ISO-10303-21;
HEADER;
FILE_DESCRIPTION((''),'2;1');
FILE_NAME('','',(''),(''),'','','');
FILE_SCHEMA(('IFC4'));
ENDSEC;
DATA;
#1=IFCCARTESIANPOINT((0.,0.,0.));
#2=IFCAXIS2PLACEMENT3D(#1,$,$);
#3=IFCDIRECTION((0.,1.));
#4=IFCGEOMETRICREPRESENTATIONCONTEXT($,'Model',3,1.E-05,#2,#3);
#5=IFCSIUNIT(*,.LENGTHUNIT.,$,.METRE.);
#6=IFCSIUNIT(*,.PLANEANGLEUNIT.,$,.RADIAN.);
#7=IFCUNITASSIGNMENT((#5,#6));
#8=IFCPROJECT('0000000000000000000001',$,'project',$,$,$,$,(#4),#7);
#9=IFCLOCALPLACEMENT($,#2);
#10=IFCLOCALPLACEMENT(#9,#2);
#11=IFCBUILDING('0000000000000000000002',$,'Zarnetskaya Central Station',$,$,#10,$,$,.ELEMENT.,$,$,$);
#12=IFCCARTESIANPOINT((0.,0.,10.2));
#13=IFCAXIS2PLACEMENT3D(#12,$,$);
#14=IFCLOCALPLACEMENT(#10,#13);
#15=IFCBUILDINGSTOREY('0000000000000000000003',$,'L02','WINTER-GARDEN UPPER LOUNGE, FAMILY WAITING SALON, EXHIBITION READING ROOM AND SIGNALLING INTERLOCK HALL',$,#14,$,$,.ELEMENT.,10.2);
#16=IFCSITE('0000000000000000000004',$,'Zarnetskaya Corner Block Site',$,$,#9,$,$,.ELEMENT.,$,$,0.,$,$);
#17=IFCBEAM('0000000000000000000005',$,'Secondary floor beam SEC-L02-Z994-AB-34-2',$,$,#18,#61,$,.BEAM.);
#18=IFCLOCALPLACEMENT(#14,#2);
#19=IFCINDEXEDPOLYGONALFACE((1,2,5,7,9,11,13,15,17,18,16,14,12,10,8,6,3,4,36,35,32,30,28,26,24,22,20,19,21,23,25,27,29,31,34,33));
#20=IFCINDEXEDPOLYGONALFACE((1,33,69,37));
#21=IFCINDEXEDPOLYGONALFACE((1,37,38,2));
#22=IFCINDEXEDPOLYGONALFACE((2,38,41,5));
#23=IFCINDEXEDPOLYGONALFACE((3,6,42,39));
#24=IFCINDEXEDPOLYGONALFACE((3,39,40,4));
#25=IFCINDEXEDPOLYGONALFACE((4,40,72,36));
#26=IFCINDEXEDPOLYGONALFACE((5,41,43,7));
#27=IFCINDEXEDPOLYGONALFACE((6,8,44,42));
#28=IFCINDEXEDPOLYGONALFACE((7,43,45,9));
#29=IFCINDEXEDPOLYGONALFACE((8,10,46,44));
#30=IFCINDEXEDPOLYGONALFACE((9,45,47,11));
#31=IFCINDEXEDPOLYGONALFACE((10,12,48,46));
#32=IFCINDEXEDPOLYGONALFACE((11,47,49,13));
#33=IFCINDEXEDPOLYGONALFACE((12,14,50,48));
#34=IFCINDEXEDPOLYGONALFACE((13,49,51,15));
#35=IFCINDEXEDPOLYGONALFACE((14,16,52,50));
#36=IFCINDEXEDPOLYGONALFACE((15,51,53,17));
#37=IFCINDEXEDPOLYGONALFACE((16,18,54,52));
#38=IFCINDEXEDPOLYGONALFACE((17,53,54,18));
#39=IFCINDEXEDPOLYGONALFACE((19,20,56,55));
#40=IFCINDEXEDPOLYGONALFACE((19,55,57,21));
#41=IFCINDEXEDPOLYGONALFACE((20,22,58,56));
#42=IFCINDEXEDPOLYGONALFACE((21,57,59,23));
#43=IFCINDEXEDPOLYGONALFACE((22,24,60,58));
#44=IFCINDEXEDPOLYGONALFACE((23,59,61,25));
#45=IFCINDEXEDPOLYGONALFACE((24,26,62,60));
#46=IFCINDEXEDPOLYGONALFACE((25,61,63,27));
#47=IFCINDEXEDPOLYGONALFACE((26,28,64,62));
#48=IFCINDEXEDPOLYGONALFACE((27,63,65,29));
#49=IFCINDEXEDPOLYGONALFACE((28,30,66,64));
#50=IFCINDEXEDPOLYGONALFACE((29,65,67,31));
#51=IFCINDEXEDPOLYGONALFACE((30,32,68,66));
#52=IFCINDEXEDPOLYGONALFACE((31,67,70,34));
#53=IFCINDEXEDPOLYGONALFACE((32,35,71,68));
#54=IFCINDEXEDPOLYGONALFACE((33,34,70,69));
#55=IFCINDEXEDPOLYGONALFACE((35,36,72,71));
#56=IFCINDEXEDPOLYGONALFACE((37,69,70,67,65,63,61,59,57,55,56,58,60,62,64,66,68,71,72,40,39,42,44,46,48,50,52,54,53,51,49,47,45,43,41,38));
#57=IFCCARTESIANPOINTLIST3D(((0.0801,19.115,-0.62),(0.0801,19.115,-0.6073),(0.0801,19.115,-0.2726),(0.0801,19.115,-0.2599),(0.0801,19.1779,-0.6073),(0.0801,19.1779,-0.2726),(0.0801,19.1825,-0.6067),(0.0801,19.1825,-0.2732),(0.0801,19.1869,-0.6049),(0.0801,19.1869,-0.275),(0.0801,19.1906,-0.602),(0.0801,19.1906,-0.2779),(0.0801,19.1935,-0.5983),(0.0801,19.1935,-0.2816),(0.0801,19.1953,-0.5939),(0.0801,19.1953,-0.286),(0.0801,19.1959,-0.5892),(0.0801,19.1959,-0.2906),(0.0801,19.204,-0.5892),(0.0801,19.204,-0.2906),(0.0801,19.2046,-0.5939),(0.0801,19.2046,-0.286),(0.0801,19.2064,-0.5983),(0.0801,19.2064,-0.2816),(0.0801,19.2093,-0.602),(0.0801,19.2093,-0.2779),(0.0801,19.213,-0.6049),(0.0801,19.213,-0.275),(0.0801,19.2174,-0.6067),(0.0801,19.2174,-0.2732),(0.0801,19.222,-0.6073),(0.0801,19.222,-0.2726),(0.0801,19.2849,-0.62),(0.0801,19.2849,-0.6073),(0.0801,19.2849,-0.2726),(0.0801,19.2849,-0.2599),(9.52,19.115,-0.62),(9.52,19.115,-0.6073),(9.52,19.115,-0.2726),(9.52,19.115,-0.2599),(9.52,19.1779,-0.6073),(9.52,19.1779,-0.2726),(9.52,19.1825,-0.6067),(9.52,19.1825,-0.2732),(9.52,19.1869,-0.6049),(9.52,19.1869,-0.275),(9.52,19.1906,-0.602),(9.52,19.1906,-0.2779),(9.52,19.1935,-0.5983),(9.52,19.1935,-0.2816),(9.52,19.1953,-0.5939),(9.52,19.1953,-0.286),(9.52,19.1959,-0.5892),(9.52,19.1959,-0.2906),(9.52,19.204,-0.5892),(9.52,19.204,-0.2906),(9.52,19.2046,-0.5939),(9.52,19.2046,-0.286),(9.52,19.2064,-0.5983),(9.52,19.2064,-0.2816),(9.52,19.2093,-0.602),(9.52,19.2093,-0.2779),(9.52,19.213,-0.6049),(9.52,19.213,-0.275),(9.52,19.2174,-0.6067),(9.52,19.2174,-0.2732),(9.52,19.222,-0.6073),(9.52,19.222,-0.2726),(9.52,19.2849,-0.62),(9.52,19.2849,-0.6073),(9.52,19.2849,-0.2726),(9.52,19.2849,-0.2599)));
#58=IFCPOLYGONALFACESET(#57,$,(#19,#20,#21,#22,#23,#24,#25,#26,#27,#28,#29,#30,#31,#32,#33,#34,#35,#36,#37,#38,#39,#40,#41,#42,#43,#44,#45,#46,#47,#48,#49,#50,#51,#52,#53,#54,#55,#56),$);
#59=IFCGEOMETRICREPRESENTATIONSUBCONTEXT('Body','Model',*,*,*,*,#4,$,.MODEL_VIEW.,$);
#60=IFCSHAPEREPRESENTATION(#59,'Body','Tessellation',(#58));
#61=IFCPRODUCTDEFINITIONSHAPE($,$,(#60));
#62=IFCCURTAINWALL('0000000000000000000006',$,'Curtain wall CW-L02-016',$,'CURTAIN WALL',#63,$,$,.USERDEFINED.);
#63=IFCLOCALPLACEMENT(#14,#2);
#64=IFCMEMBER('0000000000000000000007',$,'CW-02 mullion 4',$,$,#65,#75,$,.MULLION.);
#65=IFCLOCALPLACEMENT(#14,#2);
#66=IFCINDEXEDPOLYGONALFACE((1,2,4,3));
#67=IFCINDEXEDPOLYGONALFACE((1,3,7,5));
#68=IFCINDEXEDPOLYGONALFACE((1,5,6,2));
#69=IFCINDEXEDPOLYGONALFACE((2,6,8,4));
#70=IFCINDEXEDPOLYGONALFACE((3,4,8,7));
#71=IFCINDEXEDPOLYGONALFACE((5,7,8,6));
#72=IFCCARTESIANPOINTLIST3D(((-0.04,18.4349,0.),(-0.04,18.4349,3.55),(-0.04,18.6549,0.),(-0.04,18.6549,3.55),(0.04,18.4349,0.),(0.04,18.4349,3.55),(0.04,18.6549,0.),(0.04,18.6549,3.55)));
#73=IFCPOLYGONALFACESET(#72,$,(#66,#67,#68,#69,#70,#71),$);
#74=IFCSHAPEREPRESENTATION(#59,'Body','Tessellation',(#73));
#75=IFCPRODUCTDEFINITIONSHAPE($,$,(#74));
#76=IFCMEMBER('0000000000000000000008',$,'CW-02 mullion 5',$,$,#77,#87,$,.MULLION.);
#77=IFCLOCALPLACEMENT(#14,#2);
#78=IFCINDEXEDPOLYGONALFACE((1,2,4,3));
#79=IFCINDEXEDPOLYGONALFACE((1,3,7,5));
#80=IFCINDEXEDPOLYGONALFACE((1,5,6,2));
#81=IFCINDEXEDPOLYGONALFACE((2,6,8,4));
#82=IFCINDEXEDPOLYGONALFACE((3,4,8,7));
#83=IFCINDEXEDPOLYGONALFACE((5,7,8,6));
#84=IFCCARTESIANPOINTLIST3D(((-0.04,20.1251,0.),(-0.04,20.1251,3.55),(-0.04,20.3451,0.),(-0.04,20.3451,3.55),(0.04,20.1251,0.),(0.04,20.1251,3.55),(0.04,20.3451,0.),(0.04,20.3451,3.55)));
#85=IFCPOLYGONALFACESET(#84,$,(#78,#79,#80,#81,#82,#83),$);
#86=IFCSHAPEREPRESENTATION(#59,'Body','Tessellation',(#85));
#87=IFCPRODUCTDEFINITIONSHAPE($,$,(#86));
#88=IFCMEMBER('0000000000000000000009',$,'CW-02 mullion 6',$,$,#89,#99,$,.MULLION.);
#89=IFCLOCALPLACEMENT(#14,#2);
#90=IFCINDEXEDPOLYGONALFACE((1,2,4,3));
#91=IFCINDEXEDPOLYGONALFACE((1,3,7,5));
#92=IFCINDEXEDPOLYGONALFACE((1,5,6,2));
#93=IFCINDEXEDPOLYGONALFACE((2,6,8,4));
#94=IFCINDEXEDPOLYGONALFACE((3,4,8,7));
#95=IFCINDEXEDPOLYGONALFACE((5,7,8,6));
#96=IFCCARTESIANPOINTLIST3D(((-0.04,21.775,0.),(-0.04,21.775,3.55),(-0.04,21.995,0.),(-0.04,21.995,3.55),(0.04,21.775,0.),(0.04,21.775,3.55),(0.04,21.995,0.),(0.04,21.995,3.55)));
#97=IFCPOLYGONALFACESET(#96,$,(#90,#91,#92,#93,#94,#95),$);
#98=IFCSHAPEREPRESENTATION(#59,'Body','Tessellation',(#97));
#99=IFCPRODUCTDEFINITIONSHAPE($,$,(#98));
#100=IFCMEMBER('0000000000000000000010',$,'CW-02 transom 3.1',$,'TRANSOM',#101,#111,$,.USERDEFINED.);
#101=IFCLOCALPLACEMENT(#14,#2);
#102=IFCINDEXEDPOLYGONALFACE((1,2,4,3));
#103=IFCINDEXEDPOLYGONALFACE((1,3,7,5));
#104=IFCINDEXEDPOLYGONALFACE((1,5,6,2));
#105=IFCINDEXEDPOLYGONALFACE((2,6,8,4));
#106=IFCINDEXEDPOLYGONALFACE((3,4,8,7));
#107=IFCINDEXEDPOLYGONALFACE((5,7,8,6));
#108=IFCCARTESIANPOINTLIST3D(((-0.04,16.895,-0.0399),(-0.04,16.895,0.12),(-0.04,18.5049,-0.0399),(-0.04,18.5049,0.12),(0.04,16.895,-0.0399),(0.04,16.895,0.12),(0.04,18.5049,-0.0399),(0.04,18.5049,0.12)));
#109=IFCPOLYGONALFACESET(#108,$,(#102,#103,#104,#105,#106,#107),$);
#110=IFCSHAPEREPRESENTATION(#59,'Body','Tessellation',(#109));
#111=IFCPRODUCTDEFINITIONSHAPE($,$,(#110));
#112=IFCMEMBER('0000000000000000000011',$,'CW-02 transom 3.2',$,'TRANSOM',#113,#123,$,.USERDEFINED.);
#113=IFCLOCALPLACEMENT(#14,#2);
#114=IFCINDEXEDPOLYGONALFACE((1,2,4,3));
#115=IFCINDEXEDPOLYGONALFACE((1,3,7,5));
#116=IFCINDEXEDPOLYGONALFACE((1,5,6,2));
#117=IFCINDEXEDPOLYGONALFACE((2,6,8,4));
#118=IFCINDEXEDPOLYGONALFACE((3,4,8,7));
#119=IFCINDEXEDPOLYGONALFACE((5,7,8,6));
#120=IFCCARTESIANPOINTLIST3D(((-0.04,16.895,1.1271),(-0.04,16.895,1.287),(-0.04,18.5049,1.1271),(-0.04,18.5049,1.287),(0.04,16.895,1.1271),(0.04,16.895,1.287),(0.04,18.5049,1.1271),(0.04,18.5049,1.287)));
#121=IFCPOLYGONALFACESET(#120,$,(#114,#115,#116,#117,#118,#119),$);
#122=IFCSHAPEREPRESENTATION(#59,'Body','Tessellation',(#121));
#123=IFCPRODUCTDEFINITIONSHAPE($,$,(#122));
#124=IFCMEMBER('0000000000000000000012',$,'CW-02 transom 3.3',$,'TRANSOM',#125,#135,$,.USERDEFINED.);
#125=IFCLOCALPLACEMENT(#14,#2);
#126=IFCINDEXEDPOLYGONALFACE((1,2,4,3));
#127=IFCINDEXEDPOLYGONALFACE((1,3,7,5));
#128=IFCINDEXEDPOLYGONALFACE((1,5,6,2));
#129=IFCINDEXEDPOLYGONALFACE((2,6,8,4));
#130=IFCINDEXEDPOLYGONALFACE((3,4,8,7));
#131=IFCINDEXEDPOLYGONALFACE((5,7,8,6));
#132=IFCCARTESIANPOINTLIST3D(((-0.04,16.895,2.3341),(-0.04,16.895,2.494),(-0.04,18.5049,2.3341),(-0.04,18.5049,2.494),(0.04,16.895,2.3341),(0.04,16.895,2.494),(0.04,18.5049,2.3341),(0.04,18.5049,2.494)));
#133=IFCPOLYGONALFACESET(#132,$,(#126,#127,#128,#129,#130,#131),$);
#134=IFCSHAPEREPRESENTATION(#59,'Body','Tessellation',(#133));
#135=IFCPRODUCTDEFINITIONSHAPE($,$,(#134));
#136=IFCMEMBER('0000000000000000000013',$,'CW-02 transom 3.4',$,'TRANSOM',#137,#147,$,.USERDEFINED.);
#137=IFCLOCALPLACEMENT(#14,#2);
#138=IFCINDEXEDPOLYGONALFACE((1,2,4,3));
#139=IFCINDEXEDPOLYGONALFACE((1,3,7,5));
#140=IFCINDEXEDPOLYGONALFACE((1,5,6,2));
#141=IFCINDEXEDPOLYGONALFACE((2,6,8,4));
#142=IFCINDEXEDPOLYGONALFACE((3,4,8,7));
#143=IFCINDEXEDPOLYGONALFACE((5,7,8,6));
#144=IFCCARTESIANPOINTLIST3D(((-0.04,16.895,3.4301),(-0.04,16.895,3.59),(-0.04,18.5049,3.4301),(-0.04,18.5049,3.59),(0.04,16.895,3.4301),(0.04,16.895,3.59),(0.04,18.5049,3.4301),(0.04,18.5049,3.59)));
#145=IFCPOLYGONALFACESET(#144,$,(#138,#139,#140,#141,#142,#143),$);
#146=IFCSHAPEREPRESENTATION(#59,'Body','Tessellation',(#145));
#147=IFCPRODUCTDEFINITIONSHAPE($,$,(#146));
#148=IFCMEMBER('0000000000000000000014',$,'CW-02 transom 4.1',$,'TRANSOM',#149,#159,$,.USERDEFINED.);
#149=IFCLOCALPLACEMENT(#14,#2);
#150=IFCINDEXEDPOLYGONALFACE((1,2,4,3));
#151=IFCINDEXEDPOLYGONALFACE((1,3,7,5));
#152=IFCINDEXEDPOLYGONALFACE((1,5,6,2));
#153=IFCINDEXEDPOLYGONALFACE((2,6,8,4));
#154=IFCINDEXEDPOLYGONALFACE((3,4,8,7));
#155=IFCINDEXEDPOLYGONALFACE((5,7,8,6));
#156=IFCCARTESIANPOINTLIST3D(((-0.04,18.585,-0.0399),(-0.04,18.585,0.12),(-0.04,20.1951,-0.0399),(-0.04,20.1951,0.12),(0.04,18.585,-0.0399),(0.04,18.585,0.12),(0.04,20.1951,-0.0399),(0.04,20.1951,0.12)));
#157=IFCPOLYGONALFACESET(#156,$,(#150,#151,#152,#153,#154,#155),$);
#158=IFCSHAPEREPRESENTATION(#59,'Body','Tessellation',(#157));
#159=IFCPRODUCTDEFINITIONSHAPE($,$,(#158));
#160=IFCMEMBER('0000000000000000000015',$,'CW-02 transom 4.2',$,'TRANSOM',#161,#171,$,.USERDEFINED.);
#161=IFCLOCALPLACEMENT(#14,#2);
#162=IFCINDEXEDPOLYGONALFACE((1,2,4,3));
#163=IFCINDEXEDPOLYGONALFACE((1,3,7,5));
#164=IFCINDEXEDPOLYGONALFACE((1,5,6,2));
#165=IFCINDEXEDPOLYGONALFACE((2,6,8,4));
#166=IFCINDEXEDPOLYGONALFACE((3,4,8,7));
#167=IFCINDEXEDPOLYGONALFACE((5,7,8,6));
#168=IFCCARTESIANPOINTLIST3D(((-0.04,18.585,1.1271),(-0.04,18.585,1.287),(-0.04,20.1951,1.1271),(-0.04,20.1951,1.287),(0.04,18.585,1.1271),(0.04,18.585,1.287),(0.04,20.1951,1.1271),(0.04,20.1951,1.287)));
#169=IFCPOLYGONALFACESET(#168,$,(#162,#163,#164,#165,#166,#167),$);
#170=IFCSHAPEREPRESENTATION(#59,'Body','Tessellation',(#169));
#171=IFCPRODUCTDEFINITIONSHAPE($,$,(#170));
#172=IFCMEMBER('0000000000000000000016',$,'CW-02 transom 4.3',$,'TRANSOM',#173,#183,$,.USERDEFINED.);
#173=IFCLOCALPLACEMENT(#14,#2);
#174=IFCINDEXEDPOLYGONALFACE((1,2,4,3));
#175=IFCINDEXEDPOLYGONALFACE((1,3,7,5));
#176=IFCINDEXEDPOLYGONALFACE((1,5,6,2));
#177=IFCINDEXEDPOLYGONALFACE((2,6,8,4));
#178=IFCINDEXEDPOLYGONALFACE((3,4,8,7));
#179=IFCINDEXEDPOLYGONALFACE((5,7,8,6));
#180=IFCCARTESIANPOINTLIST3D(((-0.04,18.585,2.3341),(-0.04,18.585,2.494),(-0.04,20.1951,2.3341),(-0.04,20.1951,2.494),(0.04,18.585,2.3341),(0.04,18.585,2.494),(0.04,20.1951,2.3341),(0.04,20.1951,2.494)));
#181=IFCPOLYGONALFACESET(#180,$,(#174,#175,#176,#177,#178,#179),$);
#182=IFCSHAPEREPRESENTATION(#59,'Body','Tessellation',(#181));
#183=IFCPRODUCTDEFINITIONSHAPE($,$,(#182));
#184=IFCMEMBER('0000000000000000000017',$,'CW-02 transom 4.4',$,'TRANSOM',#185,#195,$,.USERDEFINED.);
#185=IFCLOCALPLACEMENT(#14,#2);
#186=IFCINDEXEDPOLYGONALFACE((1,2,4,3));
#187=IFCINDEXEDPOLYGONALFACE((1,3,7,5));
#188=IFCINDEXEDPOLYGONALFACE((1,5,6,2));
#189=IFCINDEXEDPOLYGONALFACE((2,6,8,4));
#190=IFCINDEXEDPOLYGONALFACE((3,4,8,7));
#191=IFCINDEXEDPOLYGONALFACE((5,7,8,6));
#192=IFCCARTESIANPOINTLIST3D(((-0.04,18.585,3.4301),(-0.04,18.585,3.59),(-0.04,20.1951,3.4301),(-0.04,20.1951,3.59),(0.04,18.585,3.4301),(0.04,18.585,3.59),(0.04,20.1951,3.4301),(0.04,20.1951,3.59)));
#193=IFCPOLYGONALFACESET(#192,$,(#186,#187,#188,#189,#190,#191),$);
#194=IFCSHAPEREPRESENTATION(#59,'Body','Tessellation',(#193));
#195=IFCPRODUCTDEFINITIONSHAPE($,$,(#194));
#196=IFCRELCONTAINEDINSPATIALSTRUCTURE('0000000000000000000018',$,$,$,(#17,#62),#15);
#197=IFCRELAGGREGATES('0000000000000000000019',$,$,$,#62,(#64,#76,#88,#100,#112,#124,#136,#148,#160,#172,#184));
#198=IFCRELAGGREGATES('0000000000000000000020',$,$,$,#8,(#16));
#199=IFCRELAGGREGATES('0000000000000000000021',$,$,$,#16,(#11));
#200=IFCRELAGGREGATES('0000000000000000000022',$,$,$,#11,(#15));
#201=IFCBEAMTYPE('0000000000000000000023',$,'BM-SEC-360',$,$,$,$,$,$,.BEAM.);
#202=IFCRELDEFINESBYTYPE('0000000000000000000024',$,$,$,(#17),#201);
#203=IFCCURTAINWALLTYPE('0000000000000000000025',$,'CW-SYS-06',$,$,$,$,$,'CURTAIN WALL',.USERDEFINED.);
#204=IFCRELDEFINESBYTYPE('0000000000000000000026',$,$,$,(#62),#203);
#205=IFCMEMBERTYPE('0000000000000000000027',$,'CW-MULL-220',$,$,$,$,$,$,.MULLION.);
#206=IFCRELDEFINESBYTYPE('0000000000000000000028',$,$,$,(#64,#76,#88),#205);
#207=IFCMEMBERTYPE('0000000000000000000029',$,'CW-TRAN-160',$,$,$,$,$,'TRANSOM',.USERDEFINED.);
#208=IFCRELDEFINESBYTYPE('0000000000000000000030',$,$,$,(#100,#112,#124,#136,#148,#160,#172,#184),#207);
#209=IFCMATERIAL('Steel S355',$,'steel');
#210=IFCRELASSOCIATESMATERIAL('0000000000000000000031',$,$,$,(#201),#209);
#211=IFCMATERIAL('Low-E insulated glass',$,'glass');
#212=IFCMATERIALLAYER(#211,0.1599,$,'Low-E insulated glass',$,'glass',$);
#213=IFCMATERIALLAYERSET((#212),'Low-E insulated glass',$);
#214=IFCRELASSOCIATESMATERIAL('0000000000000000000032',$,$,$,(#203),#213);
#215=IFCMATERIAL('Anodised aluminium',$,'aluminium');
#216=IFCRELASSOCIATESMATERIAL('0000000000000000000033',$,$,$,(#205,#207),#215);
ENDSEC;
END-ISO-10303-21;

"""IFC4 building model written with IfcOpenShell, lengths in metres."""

from ifc_helpers import new_model, si_unit, direction, frame, origin, origin_2d, place, context, subcontext, project, spatial, rectangle, i_section, extrude, material, layer, layer_set, material_profile, profile_set, type_object, element, aggregate, save


model = new_model("IFC4")

# Units and contexts
model_context = context("Model", 3, precision=1e-05, world=origin(), true_north=direction((0.0, 1.0)))
body_context = subcontext(model_context, "Body", "Model", "MODEL_VIEW")
ifc_project = project(units=[si_unit("LENGTHUNIT", "METRE"), si_unit("PLANEANGLEUNIT", "RADIAN")], contexts=[model_context])

# Site, building, storey
site_placement = place(None, origin())
site = spatial("IfcSite", under=ifc_project, at=site_placement, Name="Zarnetskaya Corner Block Site", CompositionType="ELEMENT", RefElevation=0.0)
building_placement = place(site_placement, origin())
building = spatial("IfcBuilding", under=site, at=building_placement, Name="Zarnetskaya Central Station", CompositionType="ELEMENT")
storey_placement = place(building_placement, frame((0.0, 0.0, 10.2)))
storey = spatial("IfcBuildingStorey", under=building, at=storey_placement, Name="L02", Description="WINTER-GARDEN UPPER LOUNGE, FAMILY WAITING SALON, EXHIBITION READING ROOM AND SIGNALLING INTERLOCK HALL", CompositionType="ELEMENT", Elevation=10.2)

# Beam
ifc_material_1 = material(Name="Steel S355", Category="steel")
ifc_material_profile_1 = material_profile(ifc_material_1, i_section(OverallWidth=0.1699, OverallDepth=0.3601, WebThickness=0.0081, FlangeThickness=0.0127, FilletRadius=0.0181, at=origin_2d()), Name="IPE 360")
ifc_profile_set_1 = profile_set([ifc_material_profile_1], Name="Steel S355")
beam_type = type_object("IfcBeamType", Name="BM-SEC-360", PredefinedType="BEAM", material=ifc_profile_set_1)
beam_placement = place(storey_placement, frame((0.0801, 19.2, -0.4399), z_axis=(1.0, 0.0, 0.0), x_axis=(0.0, 1.0, 0.0)))
element("IfcBeam", 1, at=beam_placement, inside=storey, type_object=beam_type, Name="Secondary floor beam SEC-L02-Z994-AB-34-2", PredefinedType="BEAM", context=body_context, shape_type="SweptSolid", body=[
    extrude(i_section(OverallWidth=0.1699, OverallDepth=0.3601, WebThickness=0.0081, FlangeThickness=0.0127, FilletRadius=0.0181, at=origin_2d()), origin(), (0.0, 0.0, 1.0), 9.4399),
])

# Curtain wall, members
ifc_material_2 = material(Name="Low-E insulated glass", Category="glass")
ifc_layer_1 = layer(ifc_material_2, 0.1599, Name="Low-E insulated glass", Category="glass")
ifc_layer_set_1 = layer_set([ifc_layer_1], Name="Low-E insulated glass")
curtain_wall_type = type_object("IfcCurtainWallType", Name="CW-SYS-06", ElementType="CURTAIN WALL", PredefinedType="USERDEFINED", material=ifc_layer_set_1)
curtain_wall_placement = place(storey_placement, origin())
curtain_wall = element("IfcCurtainWall", 2, at=curtain_wall_placement, inside=storey, type_object=curtain_wall_type, Name="Curtain wall CW-L02-016", ObjectType="CURTAIN WALL", PredefinedType="USERDEFINED")
ifc_material_3 = material(Name="Anodised aluminium", Category="aluminium")
ifc_material_profile_2 = material_profile(ifc_material_3, rectangle(XDim=0.0801, YDim=0.22, at=origin_2d()), Name="ALU MULL 80x220")
ifc_profile_set_2 = profile_set([ifc_material_profile_2], Name="Anodised aluminium")
member_type_1 = type_object("IfcMemberType", Name="CW-MULL-220", PredefinedType="MULLION", material=ifc_profile_set_2)
member_1_placement = place(storey_placement, frame((0.0, 18.5449, 0.0), z_axis=(0.0, 0.0, 1.0), x_axis=(-1.0, 0.0, 0.0)))
member_1 = element("IfcMember", 3, at=member_1_placement, type_object=member_type_1, Name="CW-02 mullion 4", PredefinedType="MULLION", context=body_context, shape_type="SweptSolid", body=[
    extrude(rectangle(XDim=0.0801, YDim=0.22, at=origin_2d()), origin(), (0.0, 0.0, 1.0), 3.55),
])
member_2_placement = place(storey_placement, frame((0.0, 20.2351, 0.0), z_axis=(0.0, 0.0, 1.0), x_axis=(-1.0, 0.0, 0.0)))
member_2 = element("IfcMember", 4, at=member_2_placement, type_object=member_type_1, Name="CW-02 mullion 5", PredefinedType="MULLION", context=body_context, shape_type="SweptSolid", body=[
    extrude(rectangle(XDim=0.0801, YDim=0.22, at=origin_2d()), origin(), (0.0, 0.0, 1.0), 3.55),
])
member_3_placement = place(storey_placement, frame((0.0, 21.885, 0.0), z_axis=(0.0, 0.0, 1.0), x_axis=(-1.0, 0.0, 0.0)))
member_3 = element("IfcMember", 5, at=member_3_placement, type_object=member_type_1, Name="CW-02 mullion 6", PredefinedType="MULLION", context=body_context, shape_type="SweptSolid", body=[
    extrude(rectangle(XDim=0.0801, YDim=0.22, at=origin_2d()), origin(), (0.0, 0.0, 1.0), 3.55),
])
ifc_material_profile_3 = material_profile(ifc_material_3, rectangle(XDim=0.0801, YDim=0.1599, at=origin_2d()), Name="ALU TRAN 80x160")
ifc_profile_set_3 = profile_set([ifc_material_profile_3], Name="Anodised aluminium")
member_type_2 = type_object("IfcMemberType", Name="CW-TRAN-160", ElementType="TRANSOM", PredefinedType="USERDEFINED", material=ifc_profile_set_3)
member_4_placement = place(storey_placement, frame((0.0, 16.895, 0.04), z_axis=(0.0, 1.0, 0.0), x_axis=(-1.0, 0.0, 0.0)))
member_4 = element("IfcMember", 6, at=member_4_placement, type_object=member_type_2, Name="CW-02 transom 3.1", ObjectType="TRANSOM", PredefinedType="USERDEFINED", context=body_context, shape_type="SweptSolid", body=[
    extrude(rectangle(XDim=0.0801, YDim=0.1599, at=origin_2d()), origin(), (0.0, 0.0, 1.0), 1.6099),
])
member_5_placement = place(storey_placement, frame((0.0, 16.895, 1.207), z_axis=(0.0, 1.0, 0.0), x_axis=(-1.0, 0.0, 0.0)))
member_5 = element("IfcMember", 7, at=member_5_placement, type_object=member_type_2, Name="CW-02 transom 3.2", ObjectType="TRANSOM", PredefinedType="USERDEFINED", context=body_context, shape_type="SweptSolid", body=[
    extrude(rectangle(XDim=0.0801, YDim=0.1599, at=origin_2d()), origin(), (0.0, 0.0, 1.0), 1.6099),
])
member_6_placement = place(storey_placement, frame((0.0, 16.895, 2.4141), z_axis=(0.0, 1.0, 0.0), x_axis=(-1.0, 0.0, 0.0)))
member_6 = element("IfcMember", 8, at=member_6_placement, type_object=member_type_2, Name="CW-02 transom 3.3", ObjectType="TRANSOM", PredefinedType="USERDEFINED", context=body_context, shape_type="SweptSolid", body=[
    extrude(rectangle(XDim=0.0801, YDim=0.1599, at=origin_2d()), origin(), (0.0, 0.0, 1.0), 1.6099),
])
member_7_placement = place(storey_placement, frame((0.0, 16.895, 3.51), z_axis=(0.0, 1.0, 0.0), x_axis=(-1.0, 0.0, 0.0)))
member_7 = element("IfcMember", 9, at=member_7_placement, type_object=member_type_2, Name="CW-02 transom 3.4", ObjectType="TRANSOM", PredefinedType="USERDEFINED", context=body_context, shape_type="SweptSolid", body=[
    extrude(rectangle(XDim=0.0801, YDim=0.1599, at=origin_2d()), origin(), (0.0, 0.0, 1.0), 1.6099),
])
member_8_placement = place(storey_placement, frame((0.0, 18.585, 0.04), z_axis=(0.0, 1.0, 0.0), x_axis=(-1.0, 0.0, 0.0)))
member_8 = element("IfcMember", 10, at=member_8_placement, type_object=member_type_2, Name="CW-02 transom 4.1", ObjectType="TRANSOM", PredefinedType="USERDEFINED", context=body_context, shape_type="SweptSolid", body=[
    extrude(rectangle(XDim=0.0801, YDim=0.1599, at=origin_2d()), origin(), (0.0, 0.0, 1.0), 1.6101),
])
member_9_placement = place(storey_placement, frame((0.0, 18.585, 1.207), z_axis=(0.0, 1.0, 0.0), x_axis=(-1.0, 0.0, 0.0)))
member_9 = element("IfcMember", 11, at=member_9_placement, type_object=member_type_2, Name="CW-02 transom 4.2", ObjectType="TRANSOM", PredefinedType="USERDEFINED", context=body_context, shape_type="SweptSolid", body=[
    extrude(rectangle(XDim=0.0801, YDim=0.1599, at=origin_2d()), origin(), (0.0, 0.0, 1.0), 1.6101),
])
member_10_placement = place(storey_placement, frame((0.0, 18.585, 2.4141), z_axis=(0.0, 1.0, 0.0), x_axis=(-1.0, 0.0, 0.0)))
member_10 = element("IfcMember", 12, at=member_10_placement, type_object=member_type_2, Name="CW-02 transom 4.3", ObjectType="TRANSOM", PredefinedType="USERDEFINED", context=body_context, shape_type="SweptSolid", body=[
    extrude(rectangle(XDim=0.0801, YDim=0.1599, at=origin_2d()), origin(), (0.0, 0.0, 1.0), 1.6101),
])
member_11_placement = place(storey_placement, frame((0.0, 18.585, 3.51), z_axis=(0.0, 1.0, 0.0), x_axis=(-1.0, 0.0, 0.0)))
member_11 = element("IfcMember", 13, at=member_11_placement, type_object=member_type_2, Name="CW-02 transom 4.4", ObjectType="TRANSOM", PredefinedType="USERDEFINED", context=body_context, shape_type="SweptSolid", body=[
    extrude(rectangle(XDim=0.0801, YDim=0.1599, at=origin_2d()), origin(), (0.0, 0.0, 1.0), 1.6101),
])
aggregate(curtain_wall, [member_1, member_2, member_3, member_4, member_5, member_6, member_7, member_8, member_9, member_10, member_11])

save(model, "model.ifc")
